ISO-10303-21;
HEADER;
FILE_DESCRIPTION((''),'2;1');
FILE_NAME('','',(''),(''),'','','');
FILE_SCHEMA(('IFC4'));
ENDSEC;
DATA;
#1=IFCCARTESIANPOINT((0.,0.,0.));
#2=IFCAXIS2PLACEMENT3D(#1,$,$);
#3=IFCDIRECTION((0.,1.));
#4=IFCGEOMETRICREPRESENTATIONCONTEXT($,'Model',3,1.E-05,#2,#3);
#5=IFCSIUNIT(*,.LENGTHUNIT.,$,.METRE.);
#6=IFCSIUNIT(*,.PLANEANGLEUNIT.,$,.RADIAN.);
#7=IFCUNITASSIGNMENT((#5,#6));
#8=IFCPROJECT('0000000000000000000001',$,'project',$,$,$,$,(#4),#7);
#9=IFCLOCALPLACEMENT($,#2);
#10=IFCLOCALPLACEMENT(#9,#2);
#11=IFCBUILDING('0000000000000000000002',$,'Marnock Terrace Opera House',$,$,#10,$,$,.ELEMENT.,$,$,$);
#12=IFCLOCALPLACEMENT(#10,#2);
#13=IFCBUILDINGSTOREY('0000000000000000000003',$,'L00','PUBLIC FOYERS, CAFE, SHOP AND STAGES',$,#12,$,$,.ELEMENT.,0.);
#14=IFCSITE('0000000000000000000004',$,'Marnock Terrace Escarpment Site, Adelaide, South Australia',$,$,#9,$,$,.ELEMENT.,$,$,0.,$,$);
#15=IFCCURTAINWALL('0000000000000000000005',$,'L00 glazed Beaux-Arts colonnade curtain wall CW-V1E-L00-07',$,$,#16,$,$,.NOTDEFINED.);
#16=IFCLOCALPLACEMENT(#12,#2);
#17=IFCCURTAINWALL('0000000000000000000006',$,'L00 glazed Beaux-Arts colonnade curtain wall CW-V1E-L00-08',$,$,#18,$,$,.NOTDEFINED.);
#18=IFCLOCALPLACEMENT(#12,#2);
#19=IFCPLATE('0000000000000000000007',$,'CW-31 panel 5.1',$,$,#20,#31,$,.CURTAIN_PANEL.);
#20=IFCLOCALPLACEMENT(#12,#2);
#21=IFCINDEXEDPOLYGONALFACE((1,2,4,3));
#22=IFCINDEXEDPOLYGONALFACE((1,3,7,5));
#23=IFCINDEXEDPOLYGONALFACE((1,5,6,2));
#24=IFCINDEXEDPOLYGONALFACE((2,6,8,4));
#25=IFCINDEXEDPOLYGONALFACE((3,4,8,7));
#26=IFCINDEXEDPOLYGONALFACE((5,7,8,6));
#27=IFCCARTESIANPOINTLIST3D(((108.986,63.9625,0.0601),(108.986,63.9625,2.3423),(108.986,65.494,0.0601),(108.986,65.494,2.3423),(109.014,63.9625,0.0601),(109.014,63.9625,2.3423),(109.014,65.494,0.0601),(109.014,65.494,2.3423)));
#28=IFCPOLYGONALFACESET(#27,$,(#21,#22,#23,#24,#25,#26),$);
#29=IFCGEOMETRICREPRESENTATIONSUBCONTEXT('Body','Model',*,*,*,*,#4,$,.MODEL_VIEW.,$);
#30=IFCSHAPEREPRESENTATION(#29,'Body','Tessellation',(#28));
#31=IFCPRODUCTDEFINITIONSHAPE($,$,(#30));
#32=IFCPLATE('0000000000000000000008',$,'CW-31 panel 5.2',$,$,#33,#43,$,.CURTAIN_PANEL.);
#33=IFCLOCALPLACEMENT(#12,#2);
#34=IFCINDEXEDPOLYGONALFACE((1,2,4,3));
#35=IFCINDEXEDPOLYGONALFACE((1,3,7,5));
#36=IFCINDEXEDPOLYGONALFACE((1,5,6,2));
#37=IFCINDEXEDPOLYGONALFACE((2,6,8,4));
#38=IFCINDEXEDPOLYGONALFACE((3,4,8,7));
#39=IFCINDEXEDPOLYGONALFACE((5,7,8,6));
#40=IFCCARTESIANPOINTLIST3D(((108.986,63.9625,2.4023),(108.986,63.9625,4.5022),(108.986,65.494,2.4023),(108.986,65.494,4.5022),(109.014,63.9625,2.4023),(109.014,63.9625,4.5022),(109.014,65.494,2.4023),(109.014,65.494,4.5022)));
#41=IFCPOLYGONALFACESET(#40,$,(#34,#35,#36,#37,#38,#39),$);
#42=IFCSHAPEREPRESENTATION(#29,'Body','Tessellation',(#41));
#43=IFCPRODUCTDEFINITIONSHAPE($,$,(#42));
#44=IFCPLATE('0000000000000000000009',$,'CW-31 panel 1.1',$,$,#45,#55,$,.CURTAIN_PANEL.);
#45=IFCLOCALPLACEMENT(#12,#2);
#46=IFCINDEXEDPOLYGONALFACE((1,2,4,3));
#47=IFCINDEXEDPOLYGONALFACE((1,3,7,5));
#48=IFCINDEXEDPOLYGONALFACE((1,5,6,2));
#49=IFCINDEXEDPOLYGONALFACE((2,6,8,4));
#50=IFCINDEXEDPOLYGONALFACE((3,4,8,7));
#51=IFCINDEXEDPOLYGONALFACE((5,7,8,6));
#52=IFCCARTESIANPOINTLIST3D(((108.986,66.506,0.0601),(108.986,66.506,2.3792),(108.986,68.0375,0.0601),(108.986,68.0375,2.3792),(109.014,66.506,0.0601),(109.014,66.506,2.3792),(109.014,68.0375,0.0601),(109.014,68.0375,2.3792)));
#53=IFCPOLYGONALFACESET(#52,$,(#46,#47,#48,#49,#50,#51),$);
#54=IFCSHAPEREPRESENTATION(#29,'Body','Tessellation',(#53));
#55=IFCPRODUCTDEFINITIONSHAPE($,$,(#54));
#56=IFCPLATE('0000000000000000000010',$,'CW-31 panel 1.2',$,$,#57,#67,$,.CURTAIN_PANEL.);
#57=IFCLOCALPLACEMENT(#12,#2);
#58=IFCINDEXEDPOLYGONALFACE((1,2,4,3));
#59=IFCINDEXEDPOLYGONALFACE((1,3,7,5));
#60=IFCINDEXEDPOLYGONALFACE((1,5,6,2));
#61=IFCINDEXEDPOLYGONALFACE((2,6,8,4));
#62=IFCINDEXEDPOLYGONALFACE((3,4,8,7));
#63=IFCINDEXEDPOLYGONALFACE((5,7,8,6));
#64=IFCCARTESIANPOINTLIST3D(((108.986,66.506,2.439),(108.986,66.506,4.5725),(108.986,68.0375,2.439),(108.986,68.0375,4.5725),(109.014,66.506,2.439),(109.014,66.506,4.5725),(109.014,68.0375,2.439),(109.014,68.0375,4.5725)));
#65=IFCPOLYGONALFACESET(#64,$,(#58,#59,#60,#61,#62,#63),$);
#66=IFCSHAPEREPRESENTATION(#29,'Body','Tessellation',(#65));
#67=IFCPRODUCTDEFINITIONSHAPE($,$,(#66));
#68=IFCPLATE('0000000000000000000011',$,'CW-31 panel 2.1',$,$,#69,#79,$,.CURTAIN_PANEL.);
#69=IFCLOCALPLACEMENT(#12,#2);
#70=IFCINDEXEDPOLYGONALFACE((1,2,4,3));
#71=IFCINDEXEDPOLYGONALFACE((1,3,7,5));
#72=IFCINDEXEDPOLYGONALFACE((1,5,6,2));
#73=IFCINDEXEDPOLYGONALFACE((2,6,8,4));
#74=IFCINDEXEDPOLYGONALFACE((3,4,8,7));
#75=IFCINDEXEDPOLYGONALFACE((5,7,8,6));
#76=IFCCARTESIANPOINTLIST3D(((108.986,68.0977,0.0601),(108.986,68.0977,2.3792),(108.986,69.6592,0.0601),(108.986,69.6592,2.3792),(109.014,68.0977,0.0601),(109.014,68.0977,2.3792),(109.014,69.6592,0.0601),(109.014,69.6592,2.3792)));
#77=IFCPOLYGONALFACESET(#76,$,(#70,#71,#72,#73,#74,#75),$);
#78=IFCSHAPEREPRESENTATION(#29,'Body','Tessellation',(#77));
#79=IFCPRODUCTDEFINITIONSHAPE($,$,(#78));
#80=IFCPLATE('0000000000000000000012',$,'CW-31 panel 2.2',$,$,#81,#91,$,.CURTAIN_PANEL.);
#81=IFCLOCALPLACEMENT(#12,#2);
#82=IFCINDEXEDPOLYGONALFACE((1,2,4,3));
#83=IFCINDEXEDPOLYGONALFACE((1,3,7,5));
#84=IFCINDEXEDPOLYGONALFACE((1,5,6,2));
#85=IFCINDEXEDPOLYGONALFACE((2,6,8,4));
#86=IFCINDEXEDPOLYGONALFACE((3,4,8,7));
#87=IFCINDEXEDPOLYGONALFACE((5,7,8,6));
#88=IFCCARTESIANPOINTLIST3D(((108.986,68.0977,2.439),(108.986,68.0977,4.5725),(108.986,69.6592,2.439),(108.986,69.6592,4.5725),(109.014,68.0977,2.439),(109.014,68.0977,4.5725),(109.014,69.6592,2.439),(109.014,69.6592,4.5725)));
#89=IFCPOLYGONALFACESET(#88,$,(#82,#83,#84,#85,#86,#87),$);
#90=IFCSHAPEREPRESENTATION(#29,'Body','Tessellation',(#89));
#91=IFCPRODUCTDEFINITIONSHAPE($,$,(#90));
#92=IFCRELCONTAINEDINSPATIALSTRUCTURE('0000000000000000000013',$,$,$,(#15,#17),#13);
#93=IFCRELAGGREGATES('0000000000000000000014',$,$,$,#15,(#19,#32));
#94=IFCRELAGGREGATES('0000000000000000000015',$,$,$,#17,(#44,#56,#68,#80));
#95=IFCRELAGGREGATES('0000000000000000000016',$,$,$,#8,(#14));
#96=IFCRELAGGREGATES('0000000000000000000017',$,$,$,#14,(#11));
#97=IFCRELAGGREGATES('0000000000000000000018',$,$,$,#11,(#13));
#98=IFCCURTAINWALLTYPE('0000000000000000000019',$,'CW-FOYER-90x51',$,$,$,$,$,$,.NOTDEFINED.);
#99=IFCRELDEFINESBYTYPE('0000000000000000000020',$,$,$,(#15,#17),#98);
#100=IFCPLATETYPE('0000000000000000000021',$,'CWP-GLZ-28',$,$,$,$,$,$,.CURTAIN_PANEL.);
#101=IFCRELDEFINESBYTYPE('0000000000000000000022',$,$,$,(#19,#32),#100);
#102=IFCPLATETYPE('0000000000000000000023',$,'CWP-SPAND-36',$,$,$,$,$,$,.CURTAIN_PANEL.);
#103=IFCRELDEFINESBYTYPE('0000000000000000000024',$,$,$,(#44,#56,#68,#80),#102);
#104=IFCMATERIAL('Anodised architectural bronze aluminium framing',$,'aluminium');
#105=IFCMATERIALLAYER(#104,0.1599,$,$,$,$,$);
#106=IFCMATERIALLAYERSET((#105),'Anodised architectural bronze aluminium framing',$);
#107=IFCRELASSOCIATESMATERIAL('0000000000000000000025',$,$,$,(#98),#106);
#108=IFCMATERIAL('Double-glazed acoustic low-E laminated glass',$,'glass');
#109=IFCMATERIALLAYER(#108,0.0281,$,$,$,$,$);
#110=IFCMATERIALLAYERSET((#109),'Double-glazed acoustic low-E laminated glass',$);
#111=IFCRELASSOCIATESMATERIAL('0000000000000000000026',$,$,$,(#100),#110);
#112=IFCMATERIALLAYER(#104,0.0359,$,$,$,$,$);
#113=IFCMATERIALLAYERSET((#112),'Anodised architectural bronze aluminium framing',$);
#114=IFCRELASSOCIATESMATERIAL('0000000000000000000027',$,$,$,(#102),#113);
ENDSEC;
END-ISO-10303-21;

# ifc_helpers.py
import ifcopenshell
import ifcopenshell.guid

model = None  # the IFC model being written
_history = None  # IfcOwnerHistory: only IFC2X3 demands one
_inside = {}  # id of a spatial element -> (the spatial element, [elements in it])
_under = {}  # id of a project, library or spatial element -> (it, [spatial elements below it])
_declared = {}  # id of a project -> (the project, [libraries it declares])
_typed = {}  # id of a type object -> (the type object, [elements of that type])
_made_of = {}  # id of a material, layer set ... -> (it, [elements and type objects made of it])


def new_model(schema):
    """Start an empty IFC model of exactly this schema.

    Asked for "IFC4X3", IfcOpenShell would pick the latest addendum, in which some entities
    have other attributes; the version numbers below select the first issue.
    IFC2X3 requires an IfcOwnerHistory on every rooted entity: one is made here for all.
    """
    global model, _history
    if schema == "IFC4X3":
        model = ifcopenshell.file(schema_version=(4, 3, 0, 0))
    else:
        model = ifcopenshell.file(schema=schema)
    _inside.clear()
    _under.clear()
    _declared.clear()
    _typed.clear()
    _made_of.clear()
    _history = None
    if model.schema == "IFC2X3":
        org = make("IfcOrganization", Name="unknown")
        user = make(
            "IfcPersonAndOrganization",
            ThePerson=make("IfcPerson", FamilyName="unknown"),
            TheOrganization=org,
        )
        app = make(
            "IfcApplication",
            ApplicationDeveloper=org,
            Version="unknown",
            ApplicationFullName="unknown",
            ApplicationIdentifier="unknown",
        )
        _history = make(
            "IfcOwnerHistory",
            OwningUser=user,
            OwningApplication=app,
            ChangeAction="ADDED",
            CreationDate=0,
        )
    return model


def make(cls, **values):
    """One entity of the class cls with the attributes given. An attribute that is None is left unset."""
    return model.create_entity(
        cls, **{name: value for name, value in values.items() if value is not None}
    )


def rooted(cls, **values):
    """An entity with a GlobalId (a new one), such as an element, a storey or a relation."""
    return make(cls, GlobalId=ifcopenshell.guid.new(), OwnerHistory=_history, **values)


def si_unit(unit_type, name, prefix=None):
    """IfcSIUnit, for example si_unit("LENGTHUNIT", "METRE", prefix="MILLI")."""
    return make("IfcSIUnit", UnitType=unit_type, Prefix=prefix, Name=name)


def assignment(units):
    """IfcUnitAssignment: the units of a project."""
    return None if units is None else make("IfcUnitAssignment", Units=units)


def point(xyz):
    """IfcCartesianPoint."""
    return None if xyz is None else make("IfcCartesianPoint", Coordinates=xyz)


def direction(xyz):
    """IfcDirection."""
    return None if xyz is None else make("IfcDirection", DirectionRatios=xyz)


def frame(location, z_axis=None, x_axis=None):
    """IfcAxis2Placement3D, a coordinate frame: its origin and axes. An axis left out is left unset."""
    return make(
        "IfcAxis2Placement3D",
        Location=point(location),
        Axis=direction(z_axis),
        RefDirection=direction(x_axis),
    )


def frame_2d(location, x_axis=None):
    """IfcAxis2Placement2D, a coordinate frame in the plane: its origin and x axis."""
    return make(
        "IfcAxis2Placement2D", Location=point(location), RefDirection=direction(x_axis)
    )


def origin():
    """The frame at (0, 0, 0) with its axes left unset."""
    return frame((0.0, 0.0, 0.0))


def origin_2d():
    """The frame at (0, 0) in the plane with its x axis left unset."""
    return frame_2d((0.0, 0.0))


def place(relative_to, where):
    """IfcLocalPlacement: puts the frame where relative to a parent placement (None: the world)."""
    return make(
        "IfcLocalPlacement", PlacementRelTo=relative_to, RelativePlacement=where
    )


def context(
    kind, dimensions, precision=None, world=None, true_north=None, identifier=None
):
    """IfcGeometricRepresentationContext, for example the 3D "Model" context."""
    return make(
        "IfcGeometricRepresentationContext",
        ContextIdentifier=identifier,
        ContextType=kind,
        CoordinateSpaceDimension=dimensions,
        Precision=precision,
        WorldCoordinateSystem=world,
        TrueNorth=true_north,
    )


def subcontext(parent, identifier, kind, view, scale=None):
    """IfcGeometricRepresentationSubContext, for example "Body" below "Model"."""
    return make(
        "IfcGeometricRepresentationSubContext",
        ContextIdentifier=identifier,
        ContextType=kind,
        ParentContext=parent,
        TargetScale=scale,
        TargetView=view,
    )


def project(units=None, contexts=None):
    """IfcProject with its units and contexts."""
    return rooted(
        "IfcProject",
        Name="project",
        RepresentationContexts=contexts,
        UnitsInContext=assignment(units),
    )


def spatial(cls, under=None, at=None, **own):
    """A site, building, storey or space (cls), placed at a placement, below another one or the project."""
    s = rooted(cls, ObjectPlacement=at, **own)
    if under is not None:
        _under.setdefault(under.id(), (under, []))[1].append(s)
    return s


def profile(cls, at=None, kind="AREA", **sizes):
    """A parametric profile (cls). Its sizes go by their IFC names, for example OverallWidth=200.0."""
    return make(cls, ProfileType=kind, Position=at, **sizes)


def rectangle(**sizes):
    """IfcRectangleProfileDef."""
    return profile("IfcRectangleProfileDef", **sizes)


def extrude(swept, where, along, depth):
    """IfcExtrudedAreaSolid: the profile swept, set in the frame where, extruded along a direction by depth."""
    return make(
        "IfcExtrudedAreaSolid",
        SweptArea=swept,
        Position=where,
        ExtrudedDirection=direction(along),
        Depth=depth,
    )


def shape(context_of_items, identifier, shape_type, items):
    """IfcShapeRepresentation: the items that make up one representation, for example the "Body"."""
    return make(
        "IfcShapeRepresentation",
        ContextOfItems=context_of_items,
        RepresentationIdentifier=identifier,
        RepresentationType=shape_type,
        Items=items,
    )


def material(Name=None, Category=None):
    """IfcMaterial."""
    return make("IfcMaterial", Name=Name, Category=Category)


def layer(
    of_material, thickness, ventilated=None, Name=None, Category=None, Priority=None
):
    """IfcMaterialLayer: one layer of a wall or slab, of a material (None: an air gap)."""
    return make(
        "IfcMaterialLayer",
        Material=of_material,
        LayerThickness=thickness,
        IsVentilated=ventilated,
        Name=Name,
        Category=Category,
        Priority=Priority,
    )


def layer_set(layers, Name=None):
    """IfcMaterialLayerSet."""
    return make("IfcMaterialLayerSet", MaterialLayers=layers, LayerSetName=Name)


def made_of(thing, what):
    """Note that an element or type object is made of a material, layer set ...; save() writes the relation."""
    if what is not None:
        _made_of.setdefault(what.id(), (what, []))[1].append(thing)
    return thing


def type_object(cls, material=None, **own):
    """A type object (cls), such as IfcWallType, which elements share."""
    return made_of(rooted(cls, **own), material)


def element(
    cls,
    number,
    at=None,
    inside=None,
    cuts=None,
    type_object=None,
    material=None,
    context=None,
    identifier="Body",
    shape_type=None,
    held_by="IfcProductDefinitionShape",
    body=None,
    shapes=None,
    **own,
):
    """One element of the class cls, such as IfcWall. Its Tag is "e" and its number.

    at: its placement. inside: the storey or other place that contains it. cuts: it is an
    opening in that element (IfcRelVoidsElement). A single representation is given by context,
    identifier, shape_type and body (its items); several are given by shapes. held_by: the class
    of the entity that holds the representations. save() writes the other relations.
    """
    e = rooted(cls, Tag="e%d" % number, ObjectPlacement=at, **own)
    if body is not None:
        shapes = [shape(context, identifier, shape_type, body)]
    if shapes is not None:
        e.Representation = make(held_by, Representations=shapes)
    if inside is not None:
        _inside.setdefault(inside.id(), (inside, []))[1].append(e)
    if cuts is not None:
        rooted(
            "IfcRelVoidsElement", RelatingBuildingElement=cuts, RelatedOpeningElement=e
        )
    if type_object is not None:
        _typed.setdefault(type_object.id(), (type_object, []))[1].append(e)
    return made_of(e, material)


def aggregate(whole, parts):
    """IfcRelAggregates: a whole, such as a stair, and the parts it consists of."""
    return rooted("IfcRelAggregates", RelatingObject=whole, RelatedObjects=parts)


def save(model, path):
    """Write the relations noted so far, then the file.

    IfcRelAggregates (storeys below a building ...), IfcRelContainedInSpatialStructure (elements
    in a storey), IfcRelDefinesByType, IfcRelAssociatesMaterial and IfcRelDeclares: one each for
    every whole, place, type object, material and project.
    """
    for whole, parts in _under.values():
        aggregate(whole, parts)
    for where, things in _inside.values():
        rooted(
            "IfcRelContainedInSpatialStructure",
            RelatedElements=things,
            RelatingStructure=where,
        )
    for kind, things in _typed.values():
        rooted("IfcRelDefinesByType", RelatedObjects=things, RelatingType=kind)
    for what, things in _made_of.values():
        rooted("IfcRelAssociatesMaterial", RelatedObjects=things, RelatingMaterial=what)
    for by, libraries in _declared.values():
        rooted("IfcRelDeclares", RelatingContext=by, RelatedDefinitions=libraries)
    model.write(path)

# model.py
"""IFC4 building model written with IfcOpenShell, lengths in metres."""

from ifc_helpers import new_model, si_unit, direction, frame, origin, origin_2d, place, context, subcontext, project, spatial, rectangle, extrude, material, layer, layer_set, type_object, element, aggregate, save


model = new_model("IFC4")

# Units and contexts
model_context = context("Model", 3, precision=1e-05, world=origin(), true_north=direction((0.0, 1.0)))
body_context = subcontext(model_context, "Body", "Model", "MODEL_VIEW")
ifc_project = project(units=[si_unit("LENGTHUNIT", "METRE"), si_unit("PLANEANGLEUNIT", "RADIAN")], contexts=[model_context])

# Site, building, storey
site_placement = place(None, origin())
site = spatial("IfcSite", under=ifc_project, at=site_placement, Name="Marnock Terrace Escarpment Site, Adelaide, South Australia", CompositionType="ELEMENT", RefElevation=0.0)
building_placement = place(site_placement, origin())
building = spatial("IfcBuilding", under=site, at=building_placement, Name="Marnock Terrace Opera House", CompositionType="ELEMENT")
storey_placement = place(building_placement, origin())
storey = spatial("IfcBuildingStorey", under=building, at=storey_placement, Name="L00", Description="PUBLIC FOYERS, CAFE, SHOP AND STAGES", CompositionType="ELEMENT", Elevation=0.0)

# Curtain walls
ifc_material_1 = material(Name="Anodised architectural bronze aluminium framing", Category="aluminium")
ifc_layer_1 = layer(ifc_material_1, 0.1599)
ifc_layer_set_1 = layer_set([ifc_layer_1], Name="Anodised architectural bronze aluminium framing")
curtain_wall_type = type_object("IfcCurtainWallType", Name="CW-FOYER-90x51", PredefinedType="NOTDEFINED", material=ifc_layer_set_1)
curtain_wall_1_placement = place(storey_placement, origin())
curtain_wall_1 = element("IfcCurtainWall", 1, at=curtain_wall_1_placement, inside=storey, type_object=curtain_wall_type, Name="L00 glazed Beaux-Arts colonnade curtain wall CW-V1E-L00-07", PredefinedType="NOTDEFINED")
curtain_wall_2_placement = place(storey_placement, origin())
curtain_wall_2 = element("IfcCurtainWall", 2, at=curtain_wall_2_placement, inside=storey, type_object=curtain_wall_type, Name="L00 glazed Beaux-Arts colonnade curtain wall CW-V1E-L00-08", PredefinedType="NOTDEFINED")

# Plates
ifc_material_2 = material(Name="Double-glazed acoustic low-E laminated glass", Category="glass")
ifc_layer_2 = layer(ifc_material_2, 0.0281)
ifc_layer_set_2 = layer_set([ifc_layer_2], Name="Double-glazed acoustic low-E laminated glass")
plate_type_1 = type_object("IfcPlateType", Name="CWP-GLZ-28", PredefinedType="CURTAIN_PANEL", material=ifc_layer_set_2)
plate_1_placement = place(storey_placement, frame((109.0, 64.7283, 0.0601), z_axis=(0.0, 0.0, 1.0), x_axis=(0.0, 1.0, 0.0)))
plate_1 = element("IfcPlate", 3, at=plate_1_placement, type_object=plate_type_1, Name="CW-31 panel 5.1", PredefinedType="CURTAIN_PANEL", context=body_context, shape_type="SweptSolid", body=[
    extrude(rectangle(XDim=1.5315, YDim=0.0281, at=origin_2d()), origin(), (0.0, 0.0, 1.0), 2.2822),
])
plate_2_placement = place(storey_placement, frame((109.0, 64.7283, 2.4023), z_axis=(0.0, 0.0, 1.0), x_axis=(0.0, 1.0, 0.0)))
plate_2 = element("IfcPlate", 4, at=plate_2_placement, type_object=plate_type_1, Name="CW-31 panel 5.2", PredefinedType="CURTAIN_PANEL", context=body_context, shape_type="SweptSolid", body=[
    extrude(rectangle(XDim=1.5315, YDim=0.0281, at=origin_2d()), origin(), (0.0, 0.0, 1.0), 2.0999),
])
aggregate(curtain_wall_1, [plate_1, plate_2])
ifc_layer_3 = layer(ifc_material_1, 0.0359)
ifc_layer_set_3 = layer_set([ifc_layer_3], Name="Anodised architectural bronze aluminium framing")
plate_type_2 = type_object("IfcPlateType", Name="CWP-SPAND-36", PredefinedType="CURTAIN_PANEL", material=ifc_layer_set_3)
plate_3_placement = place(storey_placement, frame((109.0, 67.2717, 0.0601), z_axis=(0.0, 0.0, 1.0), x_axis=(0.0, 1.0, 0.0)))
plate_3 = element("IfcPlate", 5, at=plate_3_placement, type_object=plate_type_2, Name="CW-31 panel 1.1", PredefinedType="CURTAIN_PANEL", context=body_context, shape_type="SweptSolid", body=[
    extrude(rectangle(XDim=1.5315, YDim=0.0281, at=origin_2d()), origin(), (0.0, 0.0, 1.0), 2.3191),
])
plate_4_placement = place(storey_placement, frame((109.0, 67.2717, 2.439), z_axis=(0.0, 0.0, 1.0), x_axis=(0.0, 1.0, 0.0)))
plate_4 = element("IfcPlate", 6, at=plate_4_placement, type_object=plate_type_2, Name="CW-31 panel 1.2", PredefinedType="CURTAIN_PANEL", context=body_context, shape_type="SweptSolid", body=[
    extrude(rectangle(XDim=1.5315, YDim=0.0281, at=origin_2d()), origin(), (0.0, 0.0, 1.0), 2.1335),
])
plate_5_placement = place(storey_placement, frame((109.0, 68.8784, 0.0601), z_axis=(0.0, 0.0, 1.0), x_axis=(0.0, 1.0, 0.0)))
plate_5 = element("IfcPlate", 7, at=plate_5_placement, type_object=plate_type_2, Name="CW-31 panel 2.1", PredefinedType="CURTAIN_PANEL", context=body_context, shape_type="SweptSolid", body=[
    extrude(rectangle(XDim=1.5615, YDim=0.0281, at=origin_2d()), origin(), (0.0, 0.0, 1.0), 2.3191),
])
plate_6_placement = place(storey_placement, frame((109.0, 68.8784, 2.439), z_axis=(0.0, 0.0, 1.0), x_axis=(0.0, 1.0, 0.0)))
plate_6 = element("IfcPlate", 8, at=plate_6_placement, type_object=plate_type_2, Name="CW-31 panel 2.2", PredefinedType="CURTAIN_PANEL", context=body_context, shape_type="SweptSolid", body=[
    extrude(rectangle(XDim=1.5615, YDim=0.0281, at=origin_2d()), origin(), (0.0, 0.0, 1.0), 2.1335),
])
aggregate(curtain_wall_2, [plate_3, plate_4, plate_5, plate_6])

save(model, "model.ifc")
